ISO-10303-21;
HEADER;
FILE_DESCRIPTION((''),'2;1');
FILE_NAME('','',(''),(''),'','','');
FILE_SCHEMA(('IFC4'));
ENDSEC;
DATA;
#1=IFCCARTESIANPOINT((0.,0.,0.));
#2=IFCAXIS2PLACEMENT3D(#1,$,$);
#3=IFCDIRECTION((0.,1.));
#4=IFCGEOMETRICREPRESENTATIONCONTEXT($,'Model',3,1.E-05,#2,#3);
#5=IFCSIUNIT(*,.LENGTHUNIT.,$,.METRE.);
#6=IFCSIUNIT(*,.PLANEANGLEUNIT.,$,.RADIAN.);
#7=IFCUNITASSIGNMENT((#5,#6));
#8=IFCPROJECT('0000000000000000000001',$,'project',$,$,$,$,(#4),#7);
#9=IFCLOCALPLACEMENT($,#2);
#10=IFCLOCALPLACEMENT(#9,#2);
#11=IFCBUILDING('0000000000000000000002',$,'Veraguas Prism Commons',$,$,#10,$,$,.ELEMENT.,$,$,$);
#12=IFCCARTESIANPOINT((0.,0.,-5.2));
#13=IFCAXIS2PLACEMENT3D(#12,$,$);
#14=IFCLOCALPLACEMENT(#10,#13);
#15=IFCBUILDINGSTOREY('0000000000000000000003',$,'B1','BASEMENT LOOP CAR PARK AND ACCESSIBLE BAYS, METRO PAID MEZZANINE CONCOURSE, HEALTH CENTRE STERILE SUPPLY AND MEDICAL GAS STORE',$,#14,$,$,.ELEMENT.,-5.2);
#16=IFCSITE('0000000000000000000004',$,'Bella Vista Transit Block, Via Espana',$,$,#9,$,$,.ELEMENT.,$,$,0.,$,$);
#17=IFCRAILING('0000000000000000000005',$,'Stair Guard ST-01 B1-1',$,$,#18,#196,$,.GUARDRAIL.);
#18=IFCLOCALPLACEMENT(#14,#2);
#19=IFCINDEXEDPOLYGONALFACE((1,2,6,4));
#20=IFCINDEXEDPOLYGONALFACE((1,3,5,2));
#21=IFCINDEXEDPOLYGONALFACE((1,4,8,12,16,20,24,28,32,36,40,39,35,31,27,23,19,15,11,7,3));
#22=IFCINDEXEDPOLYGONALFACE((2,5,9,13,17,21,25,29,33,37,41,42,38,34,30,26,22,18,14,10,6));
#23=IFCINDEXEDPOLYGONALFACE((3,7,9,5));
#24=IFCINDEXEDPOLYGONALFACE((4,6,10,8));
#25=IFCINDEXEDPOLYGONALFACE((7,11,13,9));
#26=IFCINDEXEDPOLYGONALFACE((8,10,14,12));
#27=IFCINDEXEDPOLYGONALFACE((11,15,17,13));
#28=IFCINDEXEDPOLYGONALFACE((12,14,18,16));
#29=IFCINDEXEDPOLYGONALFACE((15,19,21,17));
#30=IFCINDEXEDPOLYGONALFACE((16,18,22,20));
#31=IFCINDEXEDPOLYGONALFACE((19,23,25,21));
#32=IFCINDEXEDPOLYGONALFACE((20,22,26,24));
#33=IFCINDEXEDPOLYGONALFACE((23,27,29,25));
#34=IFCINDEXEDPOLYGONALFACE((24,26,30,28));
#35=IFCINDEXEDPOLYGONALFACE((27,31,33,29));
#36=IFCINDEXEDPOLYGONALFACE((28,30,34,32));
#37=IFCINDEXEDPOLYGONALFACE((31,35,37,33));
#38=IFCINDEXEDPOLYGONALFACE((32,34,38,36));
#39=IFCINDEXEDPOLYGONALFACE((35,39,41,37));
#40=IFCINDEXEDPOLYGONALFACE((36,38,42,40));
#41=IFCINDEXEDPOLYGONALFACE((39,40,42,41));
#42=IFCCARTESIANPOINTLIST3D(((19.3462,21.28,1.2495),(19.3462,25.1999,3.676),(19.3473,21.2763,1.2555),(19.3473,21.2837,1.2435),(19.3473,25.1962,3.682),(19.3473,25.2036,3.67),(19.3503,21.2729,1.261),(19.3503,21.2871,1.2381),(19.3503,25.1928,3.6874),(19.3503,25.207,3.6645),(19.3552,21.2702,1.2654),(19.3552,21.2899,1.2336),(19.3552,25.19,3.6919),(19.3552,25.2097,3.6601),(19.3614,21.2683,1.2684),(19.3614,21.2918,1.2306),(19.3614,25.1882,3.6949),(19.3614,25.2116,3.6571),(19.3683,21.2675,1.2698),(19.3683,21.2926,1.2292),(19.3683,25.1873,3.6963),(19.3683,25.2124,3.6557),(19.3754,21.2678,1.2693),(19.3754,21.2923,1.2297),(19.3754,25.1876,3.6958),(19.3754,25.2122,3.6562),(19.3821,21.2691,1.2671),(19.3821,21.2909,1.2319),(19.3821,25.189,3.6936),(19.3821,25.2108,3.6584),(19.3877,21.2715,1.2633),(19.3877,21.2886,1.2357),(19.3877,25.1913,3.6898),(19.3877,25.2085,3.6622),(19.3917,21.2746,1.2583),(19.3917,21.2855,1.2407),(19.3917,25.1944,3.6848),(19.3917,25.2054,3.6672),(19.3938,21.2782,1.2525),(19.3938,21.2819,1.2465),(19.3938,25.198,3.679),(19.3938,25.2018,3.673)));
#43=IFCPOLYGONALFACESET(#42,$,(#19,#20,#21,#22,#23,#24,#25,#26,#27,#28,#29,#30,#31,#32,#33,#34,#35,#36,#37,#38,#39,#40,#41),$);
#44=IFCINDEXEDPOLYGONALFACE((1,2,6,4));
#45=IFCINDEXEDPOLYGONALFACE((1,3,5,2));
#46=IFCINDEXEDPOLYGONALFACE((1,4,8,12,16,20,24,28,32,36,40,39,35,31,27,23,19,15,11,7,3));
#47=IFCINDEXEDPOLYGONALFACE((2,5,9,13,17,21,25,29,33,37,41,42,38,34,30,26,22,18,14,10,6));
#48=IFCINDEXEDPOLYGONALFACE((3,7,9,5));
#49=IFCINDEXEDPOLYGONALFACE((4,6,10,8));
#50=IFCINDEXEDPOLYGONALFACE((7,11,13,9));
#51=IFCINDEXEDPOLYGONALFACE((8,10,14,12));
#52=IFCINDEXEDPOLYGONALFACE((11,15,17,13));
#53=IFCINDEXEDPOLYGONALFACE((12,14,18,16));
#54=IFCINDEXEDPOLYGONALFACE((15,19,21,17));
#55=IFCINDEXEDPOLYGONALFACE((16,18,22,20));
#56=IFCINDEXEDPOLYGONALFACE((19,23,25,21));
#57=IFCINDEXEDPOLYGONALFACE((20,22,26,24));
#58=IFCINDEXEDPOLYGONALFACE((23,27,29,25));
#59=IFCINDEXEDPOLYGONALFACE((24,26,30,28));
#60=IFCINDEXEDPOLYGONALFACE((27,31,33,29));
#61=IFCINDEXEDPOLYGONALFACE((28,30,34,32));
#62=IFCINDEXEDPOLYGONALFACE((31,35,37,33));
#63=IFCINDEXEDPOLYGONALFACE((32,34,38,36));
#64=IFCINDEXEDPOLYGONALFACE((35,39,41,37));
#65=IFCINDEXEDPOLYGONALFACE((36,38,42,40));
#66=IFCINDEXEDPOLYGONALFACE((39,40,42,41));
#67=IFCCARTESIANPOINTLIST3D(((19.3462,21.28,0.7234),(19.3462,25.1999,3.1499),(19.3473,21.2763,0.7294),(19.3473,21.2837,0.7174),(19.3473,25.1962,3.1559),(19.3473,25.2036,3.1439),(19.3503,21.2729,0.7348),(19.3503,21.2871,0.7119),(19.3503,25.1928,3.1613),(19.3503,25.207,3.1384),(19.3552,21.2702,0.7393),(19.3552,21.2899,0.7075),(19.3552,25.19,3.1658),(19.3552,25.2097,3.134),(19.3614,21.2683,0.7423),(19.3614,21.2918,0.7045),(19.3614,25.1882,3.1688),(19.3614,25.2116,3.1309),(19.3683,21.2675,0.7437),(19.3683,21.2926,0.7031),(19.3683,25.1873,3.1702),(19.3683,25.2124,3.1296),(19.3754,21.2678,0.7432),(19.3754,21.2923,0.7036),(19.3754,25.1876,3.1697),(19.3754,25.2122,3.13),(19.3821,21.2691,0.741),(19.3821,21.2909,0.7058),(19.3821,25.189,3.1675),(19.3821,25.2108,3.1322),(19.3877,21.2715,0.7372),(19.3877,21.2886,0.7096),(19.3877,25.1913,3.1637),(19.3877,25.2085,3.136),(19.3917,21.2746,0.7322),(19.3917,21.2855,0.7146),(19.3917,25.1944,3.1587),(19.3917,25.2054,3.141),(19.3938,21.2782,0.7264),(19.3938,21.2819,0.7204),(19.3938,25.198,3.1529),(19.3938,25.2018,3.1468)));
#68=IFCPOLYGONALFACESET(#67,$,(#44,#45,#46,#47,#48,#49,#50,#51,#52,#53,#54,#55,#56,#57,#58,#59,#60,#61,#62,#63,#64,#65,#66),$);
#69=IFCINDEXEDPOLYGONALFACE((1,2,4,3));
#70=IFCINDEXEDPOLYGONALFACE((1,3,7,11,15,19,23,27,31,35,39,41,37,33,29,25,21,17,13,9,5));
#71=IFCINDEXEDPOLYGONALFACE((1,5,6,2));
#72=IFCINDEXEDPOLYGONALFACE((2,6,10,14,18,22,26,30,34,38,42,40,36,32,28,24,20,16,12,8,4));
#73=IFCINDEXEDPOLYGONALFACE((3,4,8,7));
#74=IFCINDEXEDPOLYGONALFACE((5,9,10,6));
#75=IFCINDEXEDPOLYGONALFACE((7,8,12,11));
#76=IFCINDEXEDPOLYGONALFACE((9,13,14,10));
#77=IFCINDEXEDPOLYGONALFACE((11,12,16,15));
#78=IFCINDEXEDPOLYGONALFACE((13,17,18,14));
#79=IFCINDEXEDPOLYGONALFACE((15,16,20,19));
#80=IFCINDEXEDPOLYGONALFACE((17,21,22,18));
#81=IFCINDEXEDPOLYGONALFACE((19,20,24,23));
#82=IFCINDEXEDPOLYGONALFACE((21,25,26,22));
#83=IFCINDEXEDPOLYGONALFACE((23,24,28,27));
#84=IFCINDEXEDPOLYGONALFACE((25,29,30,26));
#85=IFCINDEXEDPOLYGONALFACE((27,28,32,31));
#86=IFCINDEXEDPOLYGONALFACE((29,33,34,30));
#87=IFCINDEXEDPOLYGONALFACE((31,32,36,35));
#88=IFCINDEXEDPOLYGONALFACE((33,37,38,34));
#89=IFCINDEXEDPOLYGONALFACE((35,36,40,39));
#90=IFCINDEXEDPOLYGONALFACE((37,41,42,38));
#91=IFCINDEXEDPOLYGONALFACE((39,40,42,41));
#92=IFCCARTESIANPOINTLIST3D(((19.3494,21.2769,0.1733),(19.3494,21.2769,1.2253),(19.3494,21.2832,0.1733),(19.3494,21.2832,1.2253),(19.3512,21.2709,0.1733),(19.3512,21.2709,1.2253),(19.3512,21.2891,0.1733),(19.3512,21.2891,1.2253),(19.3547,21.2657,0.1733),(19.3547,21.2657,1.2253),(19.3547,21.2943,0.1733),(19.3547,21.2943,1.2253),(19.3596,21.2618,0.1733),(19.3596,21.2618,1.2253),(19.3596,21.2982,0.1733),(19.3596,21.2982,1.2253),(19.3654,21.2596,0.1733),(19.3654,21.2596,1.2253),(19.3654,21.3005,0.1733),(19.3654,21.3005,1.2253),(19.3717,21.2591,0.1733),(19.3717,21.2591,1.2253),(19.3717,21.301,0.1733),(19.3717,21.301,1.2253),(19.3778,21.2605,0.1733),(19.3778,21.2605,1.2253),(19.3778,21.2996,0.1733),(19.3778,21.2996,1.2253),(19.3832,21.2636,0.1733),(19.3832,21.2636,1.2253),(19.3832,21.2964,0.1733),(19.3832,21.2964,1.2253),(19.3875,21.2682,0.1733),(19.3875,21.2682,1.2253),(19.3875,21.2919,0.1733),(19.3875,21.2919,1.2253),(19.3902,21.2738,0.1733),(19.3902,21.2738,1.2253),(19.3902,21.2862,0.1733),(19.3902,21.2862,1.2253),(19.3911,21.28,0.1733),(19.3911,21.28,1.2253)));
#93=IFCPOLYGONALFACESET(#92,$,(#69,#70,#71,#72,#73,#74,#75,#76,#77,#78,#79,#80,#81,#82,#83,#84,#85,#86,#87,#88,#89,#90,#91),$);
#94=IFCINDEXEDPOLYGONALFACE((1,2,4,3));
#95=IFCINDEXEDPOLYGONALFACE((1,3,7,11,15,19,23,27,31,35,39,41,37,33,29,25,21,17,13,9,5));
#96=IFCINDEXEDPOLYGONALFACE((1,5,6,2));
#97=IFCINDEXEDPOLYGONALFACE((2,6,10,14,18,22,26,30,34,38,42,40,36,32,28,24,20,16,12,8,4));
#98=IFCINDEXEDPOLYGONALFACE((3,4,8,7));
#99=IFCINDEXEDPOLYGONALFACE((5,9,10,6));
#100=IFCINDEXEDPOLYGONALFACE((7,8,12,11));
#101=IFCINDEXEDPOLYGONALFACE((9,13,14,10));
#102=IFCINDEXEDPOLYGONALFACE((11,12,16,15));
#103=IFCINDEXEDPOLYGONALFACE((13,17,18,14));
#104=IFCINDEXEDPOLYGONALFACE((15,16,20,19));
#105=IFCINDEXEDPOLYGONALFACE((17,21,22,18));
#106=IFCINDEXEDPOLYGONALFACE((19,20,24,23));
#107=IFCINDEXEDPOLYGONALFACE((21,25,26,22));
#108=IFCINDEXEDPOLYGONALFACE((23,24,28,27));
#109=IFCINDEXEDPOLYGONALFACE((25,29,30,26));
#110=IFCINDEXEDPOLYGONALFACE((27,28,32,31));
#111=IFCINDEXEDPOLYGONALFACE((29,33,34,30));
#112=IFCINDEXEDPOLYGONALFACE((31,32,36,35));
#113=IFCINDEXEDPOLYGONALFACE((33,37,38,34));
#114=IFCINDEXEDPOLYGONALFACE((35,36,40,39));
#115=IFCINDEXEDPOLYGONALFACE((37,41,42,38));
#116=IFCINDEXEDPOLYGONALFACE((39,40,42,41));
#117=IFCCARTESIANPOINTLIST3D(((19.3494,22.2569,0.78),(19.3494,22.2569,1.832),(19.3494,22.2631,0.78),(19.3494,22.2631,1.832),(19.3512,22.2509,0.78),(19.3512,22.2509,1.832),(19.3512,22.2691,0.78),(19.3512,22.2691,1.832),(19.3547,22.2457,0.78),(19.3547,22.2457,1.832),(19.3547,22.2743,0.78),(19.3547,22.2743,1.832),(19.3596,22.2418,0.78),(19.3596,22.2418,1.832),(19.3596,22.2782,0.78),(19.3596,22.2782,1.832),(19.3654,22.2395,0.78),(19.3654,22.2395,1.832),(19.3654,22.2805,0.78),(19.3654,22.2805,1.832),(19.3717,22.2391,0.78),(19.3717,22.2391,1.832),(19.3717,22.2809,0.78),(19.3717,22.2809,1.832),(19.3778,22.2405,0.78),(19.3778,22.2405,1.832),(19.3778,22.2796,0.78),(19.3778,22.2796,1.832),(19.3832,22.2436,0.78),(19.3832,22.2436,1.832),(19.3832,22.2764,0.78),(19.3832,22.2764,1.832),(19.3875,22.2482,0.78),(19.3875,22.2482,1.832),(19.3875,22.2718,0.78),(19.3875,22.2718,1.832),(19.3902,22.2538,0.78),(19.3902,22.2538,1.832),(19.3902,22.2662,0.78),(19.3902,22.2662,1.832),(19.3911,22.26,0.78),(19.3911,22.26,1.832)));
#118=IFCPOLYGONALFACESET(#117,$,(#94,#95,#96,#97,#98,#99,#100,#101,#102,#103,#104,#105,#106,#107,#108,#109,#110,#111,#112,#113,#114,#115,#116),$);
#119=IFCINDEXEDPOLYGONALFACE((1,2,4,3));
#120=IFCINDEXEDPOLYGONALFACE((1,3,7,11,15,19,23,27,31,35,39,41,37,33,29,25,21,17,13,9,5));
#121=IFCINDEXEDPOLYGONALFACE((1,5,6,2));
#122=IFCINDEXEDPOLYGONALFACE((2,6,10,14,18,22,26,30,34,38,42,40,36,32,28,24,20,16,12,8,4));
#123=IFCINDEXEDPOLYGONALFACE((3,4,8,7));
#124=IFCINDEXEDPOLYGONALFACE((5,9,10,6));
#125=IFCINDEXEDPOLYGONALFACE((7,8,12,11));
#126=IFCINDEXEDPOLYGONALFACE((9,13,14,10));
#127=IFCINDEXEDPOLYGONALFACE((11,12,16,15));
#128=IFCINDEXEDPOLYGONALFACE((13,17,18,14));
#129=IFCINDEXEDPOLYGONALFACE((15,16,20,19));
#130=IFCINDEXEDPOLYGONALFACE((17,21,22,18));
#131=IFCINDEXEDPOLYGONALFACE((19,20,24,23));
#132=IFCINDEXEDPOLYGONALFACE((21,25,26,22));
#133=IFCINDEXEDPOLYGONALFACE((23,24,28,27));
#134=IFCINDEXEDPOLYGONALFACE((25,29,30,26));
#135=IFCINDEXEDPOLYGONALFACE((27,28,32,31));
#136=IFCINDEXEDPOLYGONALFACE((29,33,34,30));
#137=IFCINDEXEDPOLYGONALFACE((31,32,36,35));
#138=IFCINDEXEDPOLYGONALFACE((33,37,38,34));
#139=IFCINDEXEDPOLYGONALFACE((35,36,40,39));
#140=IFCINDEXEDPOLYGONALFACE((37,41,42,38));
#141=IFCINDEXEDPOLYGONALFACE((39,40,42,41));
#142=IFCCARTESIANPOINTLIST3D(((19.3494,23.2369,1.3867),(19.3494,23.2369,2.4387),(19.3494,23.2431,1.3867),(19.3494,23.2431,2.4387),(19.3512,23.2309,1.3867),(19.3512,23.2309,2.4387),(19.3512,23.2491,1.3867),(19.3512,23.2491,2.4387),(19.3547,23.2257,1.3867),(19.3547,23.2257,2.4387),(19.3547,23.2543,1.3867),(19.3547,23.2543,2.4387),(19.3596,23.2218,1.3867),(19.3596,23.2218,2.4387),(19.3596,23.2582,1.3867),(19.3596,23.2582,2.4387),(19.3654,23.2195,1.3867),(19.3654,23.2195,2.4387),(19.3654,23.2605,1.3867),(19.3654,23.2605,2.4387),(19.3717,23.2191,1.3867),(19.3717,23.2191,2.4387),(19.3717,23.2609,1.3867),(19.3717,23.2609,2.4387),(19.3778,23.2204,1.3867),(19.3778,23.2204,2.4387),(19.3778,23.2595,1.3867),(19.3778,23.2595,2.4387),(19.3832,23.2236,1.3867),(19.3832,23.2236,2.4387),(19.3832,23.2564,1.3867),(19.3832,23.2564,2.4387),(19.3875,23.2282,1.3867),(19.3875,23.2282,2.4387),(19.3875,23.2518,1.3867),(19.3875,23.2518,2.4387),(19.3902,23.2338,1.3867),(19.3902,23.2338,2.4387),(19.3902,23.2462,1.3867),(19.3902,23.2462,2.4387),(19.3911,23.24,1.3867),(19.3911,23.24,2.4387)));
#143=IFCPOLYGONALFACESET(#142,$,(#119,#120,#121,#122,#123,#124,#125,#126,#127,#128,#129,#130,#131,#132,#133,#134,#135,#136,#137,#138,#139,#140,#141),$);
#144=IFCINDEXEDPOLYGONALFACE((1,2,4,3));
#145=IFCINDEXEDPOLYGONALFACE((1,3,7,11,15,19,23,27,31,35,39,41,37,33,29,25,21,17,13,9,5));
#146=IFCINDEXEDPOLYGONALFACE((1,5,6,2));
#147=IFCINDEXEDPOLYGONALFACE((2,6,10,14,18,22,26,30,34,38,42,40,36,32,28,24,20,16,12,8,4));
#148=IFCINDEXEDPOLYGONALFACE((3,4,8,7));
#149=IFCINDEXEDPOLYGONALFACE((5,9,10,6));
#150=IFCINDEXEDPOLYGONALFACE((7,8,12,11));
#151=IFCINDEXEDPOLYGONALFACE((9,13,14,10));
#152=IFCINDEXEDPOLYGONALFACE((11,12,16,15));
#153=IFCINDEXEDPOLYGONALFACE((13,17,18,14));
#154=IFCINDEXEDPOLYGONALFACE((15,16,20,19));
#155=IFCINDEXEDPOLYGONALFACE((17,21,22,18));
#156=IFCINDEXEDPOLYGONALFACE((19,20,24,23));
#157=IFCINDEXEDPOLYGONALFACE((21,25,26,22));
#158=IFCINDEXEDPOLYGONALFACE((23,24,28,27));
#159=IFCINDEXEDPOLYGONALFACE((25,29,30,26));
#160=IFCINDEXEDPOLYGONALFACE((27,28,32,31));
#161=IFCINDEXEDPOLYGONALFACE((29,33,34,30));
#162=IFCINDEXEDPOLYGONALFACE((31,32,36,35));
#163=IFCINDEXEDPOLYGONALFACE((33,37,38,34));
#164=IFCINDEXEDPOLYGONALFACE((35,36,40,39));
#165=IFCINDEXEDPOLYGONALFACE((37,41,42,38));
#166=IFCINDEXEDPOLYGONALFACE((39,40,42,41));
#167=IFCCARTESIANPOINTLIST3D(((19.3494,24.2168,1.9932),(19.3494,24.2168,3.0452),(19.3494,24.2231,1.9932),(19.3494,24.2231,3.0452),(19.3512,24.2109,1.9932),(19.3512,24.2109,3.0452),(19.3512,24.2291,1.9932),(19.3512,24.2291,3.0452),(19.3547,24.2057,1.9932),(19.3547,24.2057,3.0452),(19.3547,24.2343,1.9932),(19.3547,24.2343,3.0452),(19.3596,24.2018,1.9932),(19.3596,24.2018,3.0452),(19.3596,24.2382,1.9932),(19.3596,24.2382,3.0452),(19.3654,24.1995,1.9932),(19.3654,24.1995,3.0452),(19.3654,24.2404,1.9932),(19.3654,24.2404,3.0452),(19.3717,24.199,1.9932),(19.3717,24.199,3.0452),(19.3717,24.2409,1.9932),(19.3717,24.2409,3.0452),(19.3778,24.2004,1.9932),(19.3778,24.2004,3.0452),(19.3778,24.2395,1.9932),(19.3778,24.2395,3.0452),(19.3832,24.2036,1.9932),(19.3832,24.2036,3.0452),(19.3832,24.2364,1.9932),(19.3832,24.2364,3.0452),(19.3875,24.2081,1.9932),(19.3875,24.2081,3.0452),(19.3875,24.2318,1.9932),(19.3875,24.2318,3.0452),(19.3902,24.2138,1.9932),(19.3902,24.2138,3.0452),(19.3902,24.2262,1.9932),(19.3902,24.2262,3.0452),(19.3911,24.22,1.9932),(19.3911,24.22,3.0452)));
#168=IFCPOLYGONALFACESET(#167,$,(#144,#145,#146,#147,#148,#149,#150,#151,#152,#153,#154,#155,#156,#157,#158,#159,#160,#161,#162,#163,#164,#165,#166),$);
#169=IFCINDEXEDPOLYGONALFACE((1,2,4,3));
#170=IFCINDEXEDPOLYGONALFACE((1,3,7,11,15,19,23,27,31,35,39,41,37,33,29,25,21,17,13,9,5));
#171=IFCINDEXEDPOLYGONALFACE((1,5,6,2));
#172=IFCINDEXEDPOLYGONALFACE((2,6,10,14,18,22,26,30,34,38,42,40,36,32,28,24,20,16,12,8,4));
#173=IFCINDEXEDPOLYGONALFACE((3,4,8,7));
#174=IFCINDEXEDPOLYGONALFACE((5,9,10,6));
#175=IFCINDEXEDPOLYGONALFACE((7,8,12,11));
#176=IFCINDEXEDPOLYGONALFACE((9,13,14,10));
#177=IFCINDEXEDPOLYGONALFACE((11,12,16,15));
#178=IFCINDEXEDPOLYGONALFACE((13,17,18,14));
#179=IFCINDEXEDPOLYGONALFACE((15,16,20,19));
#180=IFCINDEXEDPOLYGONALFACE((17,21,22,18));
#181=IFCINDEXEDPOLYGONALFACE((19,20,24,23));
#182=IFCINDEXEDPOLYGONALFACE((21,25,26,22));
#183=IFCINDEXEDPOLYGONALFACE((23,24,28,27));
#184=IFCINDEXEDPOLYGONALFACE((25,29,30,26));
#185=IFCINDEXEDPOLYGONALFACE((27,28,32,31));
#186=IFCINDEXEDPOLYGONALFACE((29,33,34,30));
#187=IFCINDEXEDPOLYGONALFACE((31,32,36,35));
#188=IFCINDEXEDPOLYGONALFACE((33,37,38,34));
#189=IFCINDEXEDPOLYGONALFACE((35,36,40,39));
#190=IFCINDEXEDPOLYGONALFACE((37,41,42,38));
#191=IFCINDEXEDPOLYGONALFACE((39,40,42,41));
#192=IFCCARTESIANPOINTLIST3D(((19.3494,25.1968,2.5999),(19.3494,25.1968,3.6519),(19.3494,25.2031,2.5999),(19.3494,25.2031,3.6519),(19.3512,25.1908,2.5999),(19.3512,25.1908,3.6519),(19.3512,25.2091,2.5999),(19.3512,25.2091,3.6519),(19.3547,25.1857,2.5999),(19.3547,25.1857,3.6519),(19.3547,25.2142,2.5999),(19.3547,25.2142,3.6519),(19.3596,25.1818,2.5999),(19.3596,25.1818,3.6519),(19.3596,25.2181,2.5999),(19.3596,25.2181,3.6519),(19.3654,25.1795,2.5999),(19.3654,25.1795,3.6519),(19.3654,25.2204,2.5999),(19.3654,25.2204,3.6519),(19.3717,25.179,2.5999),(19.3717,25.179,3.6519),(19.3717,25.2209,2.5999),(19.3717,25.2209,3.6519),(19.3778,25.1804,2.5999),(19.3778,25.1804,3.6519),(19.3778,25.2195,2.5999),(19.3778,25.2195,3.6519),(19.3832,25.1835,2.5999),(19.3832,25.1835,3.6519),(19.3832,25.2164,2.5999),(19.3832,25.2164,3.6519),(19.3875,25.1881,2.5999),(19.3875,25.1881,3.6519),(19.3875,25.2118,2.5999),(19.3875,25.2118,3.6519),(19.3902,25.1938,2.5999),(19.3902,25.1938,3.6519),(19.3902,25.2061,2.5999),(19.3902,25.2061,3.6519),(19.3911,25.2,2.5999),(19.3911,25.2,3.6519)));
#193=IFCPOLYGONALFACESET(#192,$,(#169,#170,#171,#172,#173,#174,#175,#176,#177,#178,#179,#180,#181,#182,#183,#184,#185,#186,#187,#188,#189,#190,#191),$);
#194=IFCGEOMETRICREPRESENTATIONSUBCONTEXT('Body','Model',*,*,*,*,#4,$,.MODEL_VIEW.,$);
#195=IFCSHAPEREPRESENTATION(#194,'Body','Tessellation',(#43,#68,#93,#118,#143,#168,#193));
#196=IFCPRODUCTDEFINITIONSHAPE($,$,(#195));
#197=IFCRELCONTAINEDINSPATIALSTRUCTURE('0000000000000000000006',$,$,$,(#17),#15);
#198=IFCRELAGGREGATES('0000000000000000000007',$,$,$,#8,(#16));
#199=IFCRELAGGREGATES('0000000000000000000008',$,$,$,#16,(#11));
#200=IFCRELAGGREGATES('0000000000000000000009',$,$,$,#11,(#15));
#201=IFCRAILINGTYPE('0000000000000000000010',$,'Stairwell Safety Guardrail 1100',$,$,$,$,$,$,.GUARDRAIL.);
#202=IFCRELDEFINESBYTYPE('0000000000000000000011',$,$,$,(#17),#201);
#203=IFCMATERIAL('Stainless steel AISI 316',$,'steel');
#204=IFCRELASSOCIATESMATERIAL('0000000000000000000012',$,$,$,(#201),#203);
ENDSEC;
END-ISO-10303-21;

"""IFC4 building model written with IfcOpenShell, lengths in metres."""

from ifc_helpers import new_model, si_unit, direction, frame, origin, origin_2d, place, context, subcontext, project, spatial, circle, extrude, material, type_object, element, save


model = new_model("IFC4")

# Units and contexts
model_context = context("Model", 3, precision=1e-05, world=origin(), true_north=direction((0.0, 1.0)))
body_context = subcontext(model_context, "Body", "Model", "MODEL_VIEW")
ifc_project = project(units=[si_unit("LENGTHUNIT", "METRE"), si_unit("PLANEANGLEUNIT", "RADIAN")], contexts=[model_context])

# Site, building, storey
site_placement = place(None, origin())
site = spatial("IfcSite", under=ifc_project, at=site_placement, Name="Bella Vista Transit Block, Via Espana", CompositionType="ELEMENT", RefElevation=0.0)
building_placement = place(site_placement, origin())
building = spatial("IfcBuilding", under=site, at=building_placement, Name="Veraguas Prism Commons", CompositionType="ELEMENT")
storey_placement = place(building_placement, frame((0.0, 0.0, -5.2)))
storey = spatial("IfcBuildingStorey", under=building, at=storey_placement, Name="B1", Description="BASEMENT LOOP CAR PARK AND ACCESSIBLE BAYS, METRO PAID MEZZANINE CONCOURSE, HEALTH CENTRE STERILE SUPPLY AND MEDICAL GAS STORE", CompositionType="ELEMENT", Elevation=-5.2)

# Railing
ifc_material_1 = material(Name="Stainless steel AISI 316", Category="steel")
railing_type_1 = type_object("IfcRailingType", Name="Stairwell Safety Guardrail 1100", PredefinedType="GUARDRAIL", material=ifc_material_1)
railing_1_placement = place(storey_placement, frame((19.3701, 21.28, 0.1733)))
element("IfcRailing", 1, at=railing_1_placement, inside=storey, type_object=railing_type_1, Name="Stair Guard ST-01 B1-1", PredefinedType="GUARDRAIL", context=body_context, shape_type="SweptSolid", body=[
    extrude(circle(Radius=0.0239, at=origin_2d()), frame((0.0, 0.0, 1.0762), z_axis=(0.0, 0.850275, 0.526338), x_axis=(-1.0, 0.0, 0.0)), (0.0, 0.0, 1.0), 4.6101),
    extrude(circle(Radius=0.0239, at=origin_2d()), frame((0.0, 0.0, 0.55), z_axis=(0.0, 0.850275, 0.526338), x_axis=(-1.0, 0.0, 0.0)), (0.0, 0.0, 1.0), 4.6101),
    extrude(circle(Radius=0.021, at=origin_2d()), origin(), (0.0, 0.0, 1.0), 1.052),
    extrude(circle(Radius=0.021, at=origin_2d()), frame((0.0, 0.98, 0.6067)), (0.0, 0.0, 1.0), 1.052),
    extrude(circle(Radius=0.021, at=origin_2d()), frame((0.0, 1.96, 1.2134)), (0.0, 0.0, 1.0), 1.052),
    extrude(circle(Radius=0.021, at=origin_2d()), frame((0.0, 2.9399, 1.8198)), (0.0, 0.0, 1.0), 1.052),
    extrude(circle(Radius=0.021, at=origin_2d()), frame((0.0, 3.9199, 2.4265)), (0.0, 0.0, 1.0), 1.052),
])

save(model, "model.ifc")
